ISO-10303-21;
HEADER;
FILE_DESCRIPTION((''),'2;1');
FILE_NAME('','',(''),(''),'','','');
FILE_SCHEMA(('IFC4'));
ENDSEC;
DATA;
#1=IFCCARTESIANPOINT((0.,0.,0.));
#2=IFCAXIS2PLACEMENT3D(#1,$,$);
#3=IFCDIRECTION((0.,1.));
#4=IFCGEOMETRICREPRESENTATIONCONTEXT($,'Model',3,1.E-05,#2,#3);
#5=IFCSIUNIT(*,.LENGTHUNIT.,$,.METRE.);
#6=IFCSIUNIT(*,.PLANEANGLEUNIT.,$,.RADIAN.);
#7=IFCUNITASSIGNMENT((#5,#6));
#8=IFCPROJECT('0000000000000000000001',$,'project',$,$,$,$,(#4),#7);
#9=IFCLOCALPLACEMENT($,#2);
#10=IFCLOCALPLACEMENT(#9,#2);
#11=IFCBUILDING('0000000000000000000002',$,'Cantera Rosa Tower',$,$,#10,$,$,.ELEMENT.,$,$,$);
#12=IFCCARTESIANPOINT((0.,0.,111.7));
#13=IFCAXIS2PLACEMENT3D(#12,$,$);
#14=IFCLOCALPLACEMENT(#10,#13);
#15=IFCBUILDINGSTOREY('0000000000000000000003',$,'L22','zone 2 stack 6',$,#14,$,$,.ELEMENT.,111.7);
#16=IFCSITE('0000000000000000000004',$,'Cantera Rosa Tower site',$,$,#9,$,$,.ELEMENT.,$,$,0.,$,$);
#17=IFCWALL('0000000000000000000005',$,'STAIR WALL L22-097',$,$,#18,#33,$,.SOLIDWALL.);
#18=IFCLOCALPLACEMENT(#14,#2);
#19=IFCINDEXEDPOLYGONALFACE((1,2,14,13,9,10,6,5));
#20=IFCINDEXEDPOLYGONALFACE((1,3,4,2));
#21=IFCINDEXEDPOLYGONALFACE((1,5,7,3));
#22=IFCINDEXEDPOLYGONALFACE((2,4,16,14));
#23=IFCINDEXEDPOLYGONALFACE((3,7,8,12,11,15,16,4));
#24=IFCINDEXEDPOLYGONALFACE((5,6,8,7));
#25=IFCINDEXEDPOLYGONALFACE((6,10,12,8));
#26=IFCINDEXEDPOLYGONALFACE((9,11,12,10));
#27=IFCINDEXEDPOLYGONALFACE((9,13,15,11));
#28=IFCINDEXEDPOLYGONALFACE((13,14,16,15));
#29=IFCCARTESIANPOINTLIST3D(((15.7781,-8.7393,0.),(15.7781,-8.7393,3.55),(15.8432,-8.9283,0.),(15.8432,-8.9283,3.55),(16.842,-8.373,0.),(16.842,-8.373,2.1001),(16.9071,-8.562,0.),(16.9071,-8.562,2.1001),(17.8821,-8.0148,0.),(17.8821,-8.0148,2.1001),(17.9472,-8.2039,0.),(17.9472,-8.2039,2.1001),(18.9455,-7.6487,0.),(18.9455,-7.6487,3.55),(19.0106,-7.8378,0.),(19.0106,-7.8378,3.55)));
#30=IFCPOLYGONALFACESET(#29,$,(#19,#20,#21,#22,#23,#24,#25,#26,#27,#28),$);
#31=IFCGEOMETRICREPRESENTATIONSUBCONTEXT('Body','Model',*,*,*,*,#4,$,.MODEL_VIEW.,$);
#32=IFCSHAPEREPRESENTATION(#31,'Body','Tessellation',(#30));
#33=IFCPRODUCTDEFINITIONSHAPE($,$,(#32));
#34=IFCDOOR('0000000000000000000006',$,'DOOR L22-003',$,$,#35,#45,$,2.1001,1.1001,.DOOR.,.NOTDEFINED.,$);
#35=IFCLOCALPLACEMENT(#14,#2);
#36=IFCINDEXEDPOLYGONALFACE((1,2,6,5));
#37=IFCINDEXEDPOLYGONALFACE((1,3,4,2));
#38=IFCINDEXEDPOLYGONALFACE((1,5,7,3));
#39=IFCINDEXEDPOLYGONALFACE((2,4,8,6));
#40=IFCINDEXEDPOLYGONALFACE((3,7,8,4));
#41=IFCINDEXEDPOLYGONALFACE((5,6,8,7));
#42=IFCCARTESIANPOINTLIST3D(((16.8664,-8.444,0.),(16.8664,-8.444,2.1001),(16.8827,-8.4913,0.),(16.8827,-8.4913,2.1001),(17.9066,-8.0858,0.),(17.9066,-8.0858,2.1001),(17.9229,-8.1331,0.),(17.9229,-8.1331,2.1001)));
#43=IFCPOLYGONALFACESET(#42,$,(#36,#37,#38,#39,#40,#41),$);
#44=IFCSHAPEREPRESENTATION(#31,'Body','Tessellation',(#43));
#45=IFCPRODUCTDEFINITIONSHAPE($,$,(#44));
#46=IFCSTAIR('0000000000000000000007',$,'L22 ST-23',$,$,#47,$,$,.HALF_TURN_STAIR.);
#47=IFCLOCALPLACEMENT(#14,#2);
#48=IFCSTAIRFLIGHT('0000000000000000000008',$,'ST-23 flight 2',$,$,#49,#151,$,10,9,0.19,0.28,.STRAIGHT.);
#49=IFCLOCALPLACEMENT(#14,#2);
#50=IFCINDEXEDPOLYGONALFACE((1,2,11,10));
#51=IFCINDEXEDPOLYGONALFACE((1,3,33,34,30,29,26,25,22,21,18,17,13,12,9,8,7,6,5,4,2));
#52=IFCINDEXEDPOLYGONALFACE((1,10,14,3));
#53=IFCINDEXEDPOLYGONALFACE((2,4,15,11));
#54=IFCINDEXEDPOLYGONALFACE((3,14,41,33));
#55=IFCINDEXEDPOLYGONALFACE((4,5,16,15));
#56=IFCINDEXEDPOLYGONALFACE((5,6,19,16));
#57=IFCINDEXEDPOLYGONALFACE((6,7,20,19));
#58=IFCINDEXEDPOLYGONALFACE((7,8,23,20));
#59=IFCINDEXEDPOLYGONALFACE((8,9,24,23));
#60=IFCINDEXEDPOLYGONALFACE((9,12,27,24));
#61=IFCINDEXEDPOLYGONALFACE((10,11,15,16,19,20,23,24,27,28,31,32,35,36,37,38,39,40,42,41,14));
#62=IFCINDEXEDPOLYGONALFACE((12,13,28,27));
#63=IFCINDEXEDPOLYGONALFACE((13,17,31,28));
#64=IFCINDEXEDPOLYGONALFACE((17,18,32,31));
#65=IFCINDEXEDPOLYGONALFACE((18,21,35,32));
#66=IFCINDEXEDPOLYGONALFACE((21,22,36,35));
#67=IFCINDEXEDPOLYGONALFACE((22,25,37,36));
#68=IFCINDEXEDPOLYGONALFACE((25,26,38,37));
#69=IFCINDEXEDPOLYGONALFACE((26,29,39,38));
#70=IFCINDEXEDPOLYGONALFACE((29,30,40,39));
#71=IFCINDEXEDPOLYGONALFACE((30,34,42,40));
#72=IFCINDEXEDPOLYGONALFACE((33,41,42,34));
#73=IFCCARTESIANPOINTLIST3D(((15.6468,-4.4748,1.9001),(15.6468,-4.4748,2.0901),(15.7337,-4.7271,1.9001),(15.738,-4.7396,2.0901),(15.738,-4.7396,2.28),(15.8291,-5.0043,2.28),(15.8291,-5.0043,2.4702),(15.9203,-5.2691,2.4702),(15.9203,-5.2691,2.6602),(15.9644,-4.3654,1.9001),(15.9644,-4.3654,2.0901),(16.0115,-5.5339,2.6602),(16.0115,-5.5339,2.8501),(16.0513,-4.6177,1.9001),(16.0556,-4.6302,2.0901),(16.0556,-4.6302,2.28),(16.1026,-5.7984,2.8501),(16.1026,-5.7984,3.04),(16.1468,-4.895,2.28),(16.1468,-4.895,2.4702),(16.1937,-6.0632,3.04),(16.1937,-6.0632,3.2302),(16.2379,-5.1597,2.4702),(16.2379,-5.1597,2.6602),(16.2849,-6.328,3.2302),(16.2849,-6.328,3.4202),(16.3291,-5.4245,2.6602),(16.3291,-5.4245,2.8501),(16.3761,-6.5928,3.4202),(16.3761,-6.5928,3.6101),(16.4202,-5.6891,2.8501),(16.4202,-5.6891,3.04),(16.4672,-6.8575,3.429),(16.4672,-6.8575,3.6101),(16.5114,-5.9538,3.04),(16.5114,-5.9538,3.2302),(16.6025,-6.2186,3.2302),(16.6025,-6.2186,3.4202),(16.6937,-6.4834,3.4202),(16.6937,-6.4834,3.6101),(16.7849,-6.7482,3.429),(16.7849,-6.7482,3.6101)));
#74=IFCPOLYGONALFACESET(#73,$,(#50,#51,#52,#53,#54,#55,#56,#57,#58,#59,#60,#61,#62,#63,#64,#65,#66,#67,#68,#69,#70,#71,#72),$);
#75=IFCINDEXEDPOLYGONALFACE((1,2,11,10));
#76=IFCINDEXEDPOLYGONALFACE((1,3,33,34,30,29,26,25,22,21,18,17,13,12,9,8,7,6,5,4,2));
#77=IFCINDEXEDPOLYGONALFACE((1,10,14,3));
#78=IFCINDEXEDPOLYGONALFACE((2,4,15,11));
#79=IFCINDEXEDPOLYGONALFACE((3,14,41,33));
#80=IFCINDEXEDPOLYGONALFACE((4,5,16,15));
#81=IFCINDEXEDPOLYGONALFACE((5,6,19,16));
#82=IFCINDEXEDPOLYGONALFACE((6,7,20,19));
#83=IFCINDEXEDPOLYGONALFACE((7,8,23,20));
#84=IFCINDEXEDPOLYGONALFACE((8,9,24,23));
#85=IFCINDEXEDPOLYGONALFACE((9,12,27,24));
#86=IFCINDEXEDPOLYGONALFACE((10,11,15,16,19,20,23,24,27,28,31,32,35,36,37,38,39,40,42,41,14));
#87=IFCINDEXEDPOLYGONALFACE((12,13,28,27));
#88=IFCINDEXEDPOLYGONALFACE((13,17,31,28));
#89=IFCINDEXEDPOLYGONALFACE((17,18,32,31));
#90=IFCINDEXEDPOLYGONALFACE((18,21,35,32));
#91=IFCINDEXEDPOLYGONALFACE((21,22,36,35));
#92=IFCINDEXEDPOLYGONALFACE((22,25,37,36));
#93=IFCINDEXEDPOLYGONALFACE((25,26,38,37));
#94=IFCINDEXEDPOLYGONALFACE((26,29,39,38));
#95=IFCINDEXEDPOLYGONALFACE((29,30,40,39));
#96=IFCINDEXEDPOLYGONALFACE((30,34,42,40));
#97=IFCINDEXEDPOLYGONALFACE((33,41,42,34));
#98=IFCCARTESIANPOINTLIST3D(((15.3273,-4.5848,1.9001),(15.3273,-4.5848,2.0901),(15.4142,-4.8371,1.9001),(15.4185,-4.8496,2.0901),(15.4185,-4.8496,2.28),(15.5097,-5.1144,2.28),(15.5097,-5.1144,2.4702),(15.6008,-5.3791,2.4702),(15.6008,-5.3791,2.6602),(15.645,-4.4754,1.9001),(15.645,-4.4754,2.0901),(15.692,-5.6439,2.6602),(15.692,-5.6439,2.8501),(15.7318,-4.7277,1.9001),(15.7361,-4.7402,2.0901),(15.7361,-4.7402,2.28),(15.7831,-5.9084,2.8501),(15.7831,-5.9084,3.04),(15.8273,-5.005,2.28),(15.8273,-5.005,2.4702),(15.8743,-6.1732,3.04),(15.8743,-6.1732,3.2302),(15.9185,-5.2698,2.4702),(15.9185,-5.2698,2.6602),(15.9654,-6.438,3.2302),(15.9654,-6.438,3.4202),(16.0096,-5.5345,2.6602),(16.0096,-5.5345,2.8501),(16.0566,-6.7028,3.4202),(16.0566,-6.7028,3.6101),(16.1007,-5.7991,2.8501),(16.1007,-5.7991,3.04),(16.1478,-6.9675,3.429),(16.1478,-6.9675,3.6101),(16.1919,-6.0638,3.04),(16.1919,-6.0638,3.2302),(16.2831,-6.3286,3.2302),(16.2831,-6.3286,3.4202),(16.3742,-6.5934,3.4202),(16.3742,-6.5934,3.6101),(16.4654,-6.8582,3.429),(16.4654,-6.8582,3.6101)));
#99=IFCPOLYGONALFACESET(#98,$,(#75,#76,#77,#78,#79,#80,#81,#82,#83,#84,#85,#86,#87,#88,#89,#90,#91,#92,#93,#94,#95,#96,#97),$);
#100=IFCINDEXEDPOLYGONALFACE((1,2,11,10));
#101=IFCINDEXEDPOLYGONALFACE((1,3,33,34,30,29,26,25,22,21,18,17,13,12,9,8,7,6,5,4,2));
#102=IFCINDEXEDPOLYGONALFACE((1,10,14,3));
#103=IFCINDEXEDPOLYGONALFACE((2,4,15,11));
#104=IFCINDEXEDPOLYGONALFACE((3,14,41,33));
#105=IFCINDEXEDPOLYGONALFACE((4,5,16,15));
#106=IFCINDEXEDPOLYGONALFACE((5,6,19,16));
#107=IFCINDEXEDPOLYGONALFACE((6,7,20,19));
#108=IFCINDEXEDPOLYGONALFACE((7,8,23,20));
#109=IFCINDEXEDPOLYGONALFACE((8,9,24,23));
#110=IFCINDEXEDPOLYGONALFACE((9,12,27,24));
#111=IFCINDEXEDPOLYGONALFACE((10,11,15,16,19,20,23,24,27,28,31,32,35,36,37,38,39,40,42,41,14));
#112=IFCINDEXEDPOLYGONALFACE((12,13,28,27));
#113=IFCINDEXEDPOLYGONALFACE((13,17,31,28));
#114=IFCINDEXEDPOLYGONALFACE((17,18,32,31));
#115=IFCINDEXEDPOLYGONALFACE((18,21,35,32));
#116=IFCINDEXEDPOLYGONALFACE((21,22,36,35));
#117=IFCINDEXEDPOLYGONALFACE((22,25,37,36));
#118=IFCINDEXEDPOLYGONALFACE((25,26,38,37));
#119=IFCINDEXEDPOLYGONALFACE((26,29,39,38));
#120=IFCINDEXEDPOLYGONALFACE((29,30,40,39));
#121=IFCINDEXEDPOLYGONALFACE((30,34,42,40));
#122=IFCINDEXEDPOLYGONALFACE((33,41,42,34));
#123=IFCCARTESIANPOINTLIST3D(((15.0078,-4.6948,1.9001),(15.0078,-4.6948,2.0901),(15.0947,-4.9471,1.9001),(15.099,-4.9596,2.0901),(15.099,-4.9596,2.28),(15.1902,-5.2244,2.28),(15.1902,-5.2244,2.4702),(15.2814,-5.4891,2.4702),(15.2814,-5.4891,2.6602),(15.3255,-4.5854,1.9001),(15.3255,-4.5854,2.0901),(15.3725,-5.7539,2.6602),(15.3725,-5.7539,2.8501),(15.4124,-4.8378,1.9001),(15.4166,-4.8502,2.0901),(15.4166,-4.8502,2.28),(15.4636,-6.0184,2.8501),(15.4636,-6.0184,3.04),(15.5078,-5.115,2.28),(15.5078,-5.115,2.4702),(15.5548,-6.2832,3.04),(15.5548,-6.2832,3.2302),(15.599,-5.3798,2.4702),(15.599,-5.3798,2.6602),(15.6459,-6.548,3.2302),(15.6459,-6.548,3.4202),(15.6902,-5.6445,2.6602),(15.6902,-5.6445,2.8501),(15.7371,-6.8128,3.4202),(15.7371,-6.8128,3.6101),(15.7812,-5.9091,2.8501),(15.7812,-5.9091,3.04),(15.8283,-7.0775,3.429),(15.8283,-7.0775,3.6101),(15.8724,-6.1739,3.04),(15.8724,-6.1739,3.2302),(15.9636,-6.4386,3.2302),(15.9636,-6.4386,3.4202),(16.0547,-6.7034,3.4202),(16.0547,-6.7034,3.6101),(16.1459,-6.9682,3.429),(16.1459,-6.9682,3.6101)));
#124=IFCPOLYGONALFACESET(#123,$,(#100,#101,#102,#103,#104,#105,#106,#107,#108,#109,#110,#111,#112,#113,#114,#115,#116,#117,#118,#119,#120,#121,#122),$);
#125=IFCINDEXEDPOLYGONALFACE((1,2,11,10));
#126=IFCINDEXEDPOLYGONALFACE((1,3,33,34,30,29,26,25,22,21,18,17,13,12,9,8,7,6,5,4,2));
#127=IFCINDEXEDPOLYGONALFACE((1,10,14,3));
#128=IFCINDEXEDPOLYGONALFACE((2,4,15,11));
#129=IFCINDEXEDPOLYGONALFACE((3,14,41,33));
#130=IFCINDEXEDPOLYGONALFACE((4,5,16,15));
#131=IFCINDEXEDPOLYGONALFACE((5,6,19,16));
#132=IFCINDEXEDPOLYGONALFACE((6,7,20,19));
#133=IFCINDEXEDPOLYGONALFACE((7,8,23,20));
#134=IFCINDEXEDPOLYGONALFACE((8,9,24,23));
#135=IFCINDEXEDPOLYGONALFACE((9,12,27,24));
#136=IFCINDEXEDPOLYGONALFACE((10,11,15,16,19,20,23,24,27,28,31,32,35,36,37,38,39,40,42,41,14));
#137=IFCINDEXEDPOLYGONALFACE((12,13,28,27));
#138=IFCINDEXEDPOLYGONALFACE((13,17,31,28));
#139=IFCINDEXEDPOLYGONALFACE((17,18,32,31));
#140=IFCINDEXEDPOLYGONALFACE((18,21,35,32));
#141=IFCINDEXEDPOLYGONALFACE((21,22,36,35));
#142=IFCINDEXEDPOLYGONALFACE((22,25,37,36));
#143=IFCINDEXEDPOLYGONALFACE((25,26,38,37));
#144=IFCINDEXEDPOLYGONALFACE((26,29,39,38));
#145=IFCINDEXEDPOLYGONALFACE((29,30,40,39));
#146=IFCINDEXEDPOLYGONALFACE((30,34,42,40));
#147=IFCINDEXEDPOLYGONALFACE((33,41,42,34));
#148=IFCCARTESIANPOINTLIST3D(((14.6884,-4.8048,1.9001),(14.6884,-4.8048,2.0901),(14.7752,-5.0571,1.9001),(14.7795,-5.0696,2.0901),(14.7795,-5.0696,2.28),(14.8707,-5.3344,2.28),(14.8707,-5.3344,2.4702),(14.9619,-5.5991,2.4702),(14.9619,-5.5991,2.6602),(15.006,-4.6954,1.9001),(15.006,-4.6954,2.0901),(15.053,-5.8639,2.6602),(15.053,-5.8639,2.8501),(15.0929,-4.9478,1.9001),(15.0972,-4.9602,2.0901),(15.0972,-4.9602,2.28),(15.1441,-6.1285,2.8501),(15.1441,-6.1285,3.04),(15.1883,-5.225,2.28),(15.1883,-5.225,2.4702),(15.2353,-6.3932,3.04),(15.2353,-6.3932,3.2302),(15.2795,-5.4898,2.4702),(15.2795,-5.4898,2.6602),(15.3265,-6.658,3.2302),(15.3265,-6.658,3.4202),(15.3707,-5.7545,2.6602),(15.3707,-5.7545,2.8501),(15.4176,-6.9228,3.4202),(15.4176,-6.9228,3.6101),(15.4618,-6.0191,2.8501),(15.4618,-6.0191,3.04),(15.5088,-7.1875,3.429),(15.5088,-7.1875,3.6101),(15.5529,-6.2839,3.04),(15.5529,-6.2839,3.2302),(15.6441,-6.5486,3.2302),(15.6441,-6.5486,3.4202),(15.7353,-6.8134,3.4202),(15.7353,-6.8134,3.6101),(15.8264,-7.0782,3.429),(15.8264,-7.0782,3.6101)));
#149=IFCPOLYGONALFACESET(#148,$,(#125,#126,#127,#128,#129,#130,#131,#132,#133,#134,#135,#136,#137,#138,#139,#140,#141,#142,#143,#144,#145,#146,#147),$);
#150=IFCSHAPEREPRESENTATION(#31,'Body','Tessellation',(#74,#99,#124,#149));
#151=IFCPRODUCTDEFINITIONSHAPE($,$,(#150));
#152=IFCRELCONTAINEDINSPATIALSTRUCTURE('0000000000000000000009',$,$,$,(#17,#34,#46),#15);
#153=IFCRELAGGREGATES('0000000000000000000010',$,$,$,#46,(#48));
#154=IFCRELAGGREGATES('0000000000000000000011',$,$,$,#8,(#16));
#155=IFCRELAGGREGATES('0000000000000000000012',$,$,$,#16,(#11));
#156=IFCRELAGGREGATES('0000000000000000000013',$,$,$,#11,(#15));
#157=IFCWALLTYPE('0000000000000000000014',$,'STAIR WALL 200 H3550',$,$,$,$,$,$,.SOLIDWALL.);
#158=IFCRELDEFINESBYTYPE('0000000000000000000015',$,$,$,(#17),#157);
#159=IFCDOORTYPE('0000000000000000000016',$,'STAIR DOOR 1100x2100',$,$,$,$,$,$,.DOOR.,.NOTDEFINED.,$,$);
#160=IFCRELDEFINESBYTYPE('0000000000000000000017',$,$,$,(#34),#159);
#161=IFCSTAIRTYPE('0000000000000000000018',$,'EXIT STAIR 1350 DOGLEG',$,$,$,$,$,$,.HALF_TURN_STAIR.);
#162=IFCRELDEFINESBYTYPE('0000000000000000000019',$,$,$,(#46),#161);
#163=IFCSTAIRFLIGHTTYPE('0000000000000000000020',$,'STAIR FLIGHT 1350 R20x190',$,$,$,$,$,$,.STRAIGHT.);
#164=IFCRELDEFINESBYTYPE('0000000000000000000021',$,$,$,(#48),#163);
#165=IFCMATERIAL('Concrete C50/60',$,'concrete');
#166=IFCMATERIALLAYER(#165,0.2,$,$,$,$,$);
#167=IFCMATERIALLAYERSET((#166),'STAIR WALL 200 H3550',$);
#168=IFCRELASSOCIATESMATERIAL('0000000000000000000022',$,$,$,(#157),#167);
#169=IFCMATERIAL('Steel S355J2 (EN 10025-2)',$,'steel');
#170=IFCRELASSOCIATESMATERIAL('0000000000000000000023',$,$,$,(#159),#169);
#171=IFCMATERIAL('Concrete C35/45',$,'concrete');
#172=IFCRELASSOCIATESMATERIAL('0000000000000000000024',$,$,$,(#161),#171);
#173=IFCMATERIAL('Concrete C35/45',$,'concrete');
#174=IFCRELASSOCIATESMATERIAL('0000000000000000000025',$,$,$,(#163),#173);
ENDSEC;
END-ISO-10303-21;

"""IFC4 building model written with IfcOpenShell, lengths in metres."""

from ifc_helpers import new_model, si_unit, direction, frame, frame_2d, origin, place, context, subcontext, project, spatial, polyline, rectangle, outline, extrude, material, layer, layer_set, type_object, element, fill, aggregate, save


model = new_model("IFC4")

# Units and contexts
model_context = context("Model", 3, precision=1e-05, world=origin(), true_north=direction((0.0, 1.0)))
body_context = subcontext(model_context, "Body", "Model", "MODEL_VIEW")
ifc_project = project(units=[si_unit("LENGTHUNIT", "METRE"), si_unit("PLANEANGLEUNIT", "RADIAN")], contexts=[model_context])

# Site, building, storey
site_placement = place(None, origin())
site = spatial("IfcSite", under=ifc_project, at=site_placement, Name="Cantera Rosa Tower site", CompositionType="ELEMENT", RefElevation=0.0)
building_placement = place(site_placement, origin())
building = spatial("IfcBuilding", under=site, at=building_placement, Name="Cantera Rosa Tower", CompositionType="ELEMENT")
storey_placement = place(building_placement, frame((0.0, 0.0, 111.7)))
storey = spatial("IfcBuildingStorey", under=building, at=storey_placement, Name="L22", Description="zone 2 stack 6", CompositionType="ELEMENT", Elevation=111.7)

# Shared definitions
ifc_material_1 = material(Name="Concrete C50/60", Category="concrete")
ifc_layer_1 = layer(ifc_material_1, 0.2)
ifc_layer_set_1 = layer_set([ifc_layer_1], Name="STAIR WALL 200 H3550")
wall_type_1 = type_object("IfcWallType", Name="STAIR WALL 200 H3550", PredefinedType="SOLIDWALL", material=ifc_layer_set_1)

# Wall, opening, door
wall_1_placement = place(storey_placement, frame((15.8108, -8.8337, 0.0), z_axis=(0.0, 0.0, 1.0), x_axis=(0.945525, 0.325548, 0.0)))
wall_1 = element("IfcWall", 1, at=wall_1_placement, inside=storey, type_object=wall_type_1, Name="STAIR WALL L22-097", PredefinedType="SOLIDWALL", context=body_context, shape_type="SweptSolid", body=[
    extrude(rectangle(XDim=3.3499, YDim=0.2, at=frame_2d((1.6748, 0.0))), origin(), (0.0, 0.0, 1.0), 3.55),
])
opening_1_placement = place(wall_1_placement, frame((1.125, 0.0, 0.0)))
opening_1 = element("IfcOpeningElement", 2, at=opening_1_placement, cuts=wall_1, PredefinedType="OPENING", context=body_context, shape_type="SweptSolid", body=[
    extrude(rectangle(XDim=1.1001, YDim=2.1001, at=frame_2d((0.55, 1.05))), frame((0.0, 0.1099, 0.0), z_axis=(0.0, -1.0, 0.0), x_axis=(1.0, 0.0, 0.0)), (0.0, 0.0, 1.0), 0.22),
])
ifc_material_2 = material(Name="Steel S355J2 (EN 10025-2)", Category="steel")
door_type_1 = type_object("IfcDoorType", Name="STAIR DOOR 1100x2100", OperationType="NOTDEFINED", PredefinedType="DOOR", material=ifc_material_2)
door_1_placement = place(opening_1_placement, origin())
door_1 = element("IfcDoor", 3, at=door_1_placement, inside=storey, type_object=door_type_1, Name="DOOR L22-003", OperationType="NOTDEFINED", OverallHeight=2.1001, OverallWidth=1.1001, PredefinedType="DOOR", context=body_context, shape_type="SweptSolid", body=[
    extrude(rectangle(XDim=1.1001, YDim=2.1001, at=frame_2d((0.55, 1.05))), frame((0.0, 0.0249, 0.0), z_axis=(0.0, -1.0, 0.0), x_axis=(1.0, 0.0, 0.0)), (0.0, 0.0, 1.0), 0.05),
])
fill(opening_1, door_1)

# Stair, stair flight
ifc_material_3 = material(Name="Concrete C35/45", Category="concrete")
stair_type = type_object("IfcStairType", Name="EXIT STAIR 1350 DOGLEG", PredefinedType="HALF_TURN_STAIR", material=ifc_material_3)
stair_placement = place(storey_placement, origin())
stair = element("IfcStair", 4, at=stair_placement, inside=storey, type_object=stair_type, Name="L22 ST-23", PredefinedType="HALF_TURN_STAIR")
ifc_material_4 = material(Name="Concrete C35/45", Category="concrete")
stair_flight_type = type_object("IfcStairFlightType", Name="STAIR FLIGHT 1350 R20x190", PredefinedType="STRAIGHT", material=ifc_material_4)
stair_flight_placement = place(storey_placement, frame((15.3262, -4.5852, 1.9001), z_axis=(0.0, 0.0, 1.0), x_axis=(0.325568, -0.945519, 0.0)))
stair_flight = element("IfcStairFlight", 5, at=stair_flight_placement, type_object=stair_flight_type, Name="ST-23 flight 2", NumberOfRisers=10, NumberOfTreads=9, PredefinedType="STRAIGHT", RiserHeight=0.19, TreadLength=0.28, context=body_context, shape_type="SweptSolid", body=[
    extrude(outline(polyline([(0.0, 0.0), (0.0, 0.1899), (0.28, 0.1899), (0.28, 0.3799), (0.5601, 0.3799), (0.5601, 0.5701), (0.8401, 0.5701), (0.8401, 0.76), (1.1201, 0.76), (1.1201, 0.95), (1.3999, 0.95), (1.3999, 1.1399), (1.6799, 1.1399), (1.6799, 1.3301), (1.96, 1.3301), (1.96, 1.52), (2.24, 1.52), (2.24, 1.71), (2.52, 1.71), (2.52, 1.8999), (2.52, 1.5288), (0.2668, 0.0), (0.0, 0.0)])), frame((0.0, 0.675, 0.0), z_axis=(0.0, -1.0, 0.0), x_axis=(1.0, 0.0, 0.0)), (0.0, 0.0, 1.0), 0.3359),
    extrude(outline(polyline([(0.0, 0.0), (0.0, 0.1899), (0.28, 0.1899), (0.28, 0.3799), (0.5601, 0.3799), (0.5601, 0.5701), (0.8401, 0.5701), (0.8401, 0.76), (1.1201, 0.76), (1.1201, 0.95), (1.3999, 0.95), (1.3999, 1.1399), (1.6799, 1.1399), (1.6799, 1.3301), (1.96, 1.3301), (1.96, 1.52), (2.24, 1.52), (2.24, 1.71), (2.52, 1.71), (2.52, 1.8999), (2.52, 1.5288), (0.2668, 0.0), (0.0, 0.0)])), frame((0.0, 0.3372, 0.0), z_axis=(0.0, -1.0, 0.0), x_axis=(1.0, 0.0, 0.0)), (0.0, 0.0, 1.0), 0.3359),
    extrude(outline(polyline([(0.0, 0.0), (0.0, 0.1899), (0.28, 0.1899), (0.28, 0.3799), (0.5601, 0.3799), (0.5601, 0.5701), (0.8401, 0.5701), (0.8401, 0.76), (1.1201, 0.76), (1.1201, 0.95), (1.3999, 0.95), (1.3999, 1.1399), (1.6799, 1.1399), (1.6799, 1.3301), (1.96, 1.3301), (1.96, 1.52), (2.24, 1.52), (2.24, 1.71), (2.52, 1.71), (2.52, 1.8999), (2.52, 1.5288), (0.2668, 0.0), (0.0, 0.0)])), frame((0.0, -0.0007, 0.0), z_axis=(0.0, -1.0, 0.0), x_axis=(1.0, 0.0, 0.0)), (0.0, 0.0, 1.0), 0.3359),
    extrude(outline(polyline([(0.0, 0.0), (0.0, 0.1899), (0.28, 0.1899), (0.28, 0.3799), (0.5601, 0.3799), (0.5601, 0.5701), (0.8401, 0.5701), (0.8401, 0.76), (1.1201, 0.76), (1.1201, 0.95), (1.3999, 0.95), (1.3999, 1.1399), (1.6799, 1.1399), (1.6799, 1.3301), (1.96, 1.3301), (1.96, 1.52), (2.24, 1.52), (2.24, 1.71), (2.52, 1.71), (2.52, 1.8999), (2.52, 1.5288), (0.2668, 0.0), (0.0, 0.0)])), frame((0.0, -0.3386, 0.0), z_axis=(0.0, -1.0, 0.0), x_axis=(1.0, 0.0, 0.0)), (0.0, 0.0, 1.0), 0.3359),
])
aggregate(stair, [stair_flight])

save(model, "model.ifc")
